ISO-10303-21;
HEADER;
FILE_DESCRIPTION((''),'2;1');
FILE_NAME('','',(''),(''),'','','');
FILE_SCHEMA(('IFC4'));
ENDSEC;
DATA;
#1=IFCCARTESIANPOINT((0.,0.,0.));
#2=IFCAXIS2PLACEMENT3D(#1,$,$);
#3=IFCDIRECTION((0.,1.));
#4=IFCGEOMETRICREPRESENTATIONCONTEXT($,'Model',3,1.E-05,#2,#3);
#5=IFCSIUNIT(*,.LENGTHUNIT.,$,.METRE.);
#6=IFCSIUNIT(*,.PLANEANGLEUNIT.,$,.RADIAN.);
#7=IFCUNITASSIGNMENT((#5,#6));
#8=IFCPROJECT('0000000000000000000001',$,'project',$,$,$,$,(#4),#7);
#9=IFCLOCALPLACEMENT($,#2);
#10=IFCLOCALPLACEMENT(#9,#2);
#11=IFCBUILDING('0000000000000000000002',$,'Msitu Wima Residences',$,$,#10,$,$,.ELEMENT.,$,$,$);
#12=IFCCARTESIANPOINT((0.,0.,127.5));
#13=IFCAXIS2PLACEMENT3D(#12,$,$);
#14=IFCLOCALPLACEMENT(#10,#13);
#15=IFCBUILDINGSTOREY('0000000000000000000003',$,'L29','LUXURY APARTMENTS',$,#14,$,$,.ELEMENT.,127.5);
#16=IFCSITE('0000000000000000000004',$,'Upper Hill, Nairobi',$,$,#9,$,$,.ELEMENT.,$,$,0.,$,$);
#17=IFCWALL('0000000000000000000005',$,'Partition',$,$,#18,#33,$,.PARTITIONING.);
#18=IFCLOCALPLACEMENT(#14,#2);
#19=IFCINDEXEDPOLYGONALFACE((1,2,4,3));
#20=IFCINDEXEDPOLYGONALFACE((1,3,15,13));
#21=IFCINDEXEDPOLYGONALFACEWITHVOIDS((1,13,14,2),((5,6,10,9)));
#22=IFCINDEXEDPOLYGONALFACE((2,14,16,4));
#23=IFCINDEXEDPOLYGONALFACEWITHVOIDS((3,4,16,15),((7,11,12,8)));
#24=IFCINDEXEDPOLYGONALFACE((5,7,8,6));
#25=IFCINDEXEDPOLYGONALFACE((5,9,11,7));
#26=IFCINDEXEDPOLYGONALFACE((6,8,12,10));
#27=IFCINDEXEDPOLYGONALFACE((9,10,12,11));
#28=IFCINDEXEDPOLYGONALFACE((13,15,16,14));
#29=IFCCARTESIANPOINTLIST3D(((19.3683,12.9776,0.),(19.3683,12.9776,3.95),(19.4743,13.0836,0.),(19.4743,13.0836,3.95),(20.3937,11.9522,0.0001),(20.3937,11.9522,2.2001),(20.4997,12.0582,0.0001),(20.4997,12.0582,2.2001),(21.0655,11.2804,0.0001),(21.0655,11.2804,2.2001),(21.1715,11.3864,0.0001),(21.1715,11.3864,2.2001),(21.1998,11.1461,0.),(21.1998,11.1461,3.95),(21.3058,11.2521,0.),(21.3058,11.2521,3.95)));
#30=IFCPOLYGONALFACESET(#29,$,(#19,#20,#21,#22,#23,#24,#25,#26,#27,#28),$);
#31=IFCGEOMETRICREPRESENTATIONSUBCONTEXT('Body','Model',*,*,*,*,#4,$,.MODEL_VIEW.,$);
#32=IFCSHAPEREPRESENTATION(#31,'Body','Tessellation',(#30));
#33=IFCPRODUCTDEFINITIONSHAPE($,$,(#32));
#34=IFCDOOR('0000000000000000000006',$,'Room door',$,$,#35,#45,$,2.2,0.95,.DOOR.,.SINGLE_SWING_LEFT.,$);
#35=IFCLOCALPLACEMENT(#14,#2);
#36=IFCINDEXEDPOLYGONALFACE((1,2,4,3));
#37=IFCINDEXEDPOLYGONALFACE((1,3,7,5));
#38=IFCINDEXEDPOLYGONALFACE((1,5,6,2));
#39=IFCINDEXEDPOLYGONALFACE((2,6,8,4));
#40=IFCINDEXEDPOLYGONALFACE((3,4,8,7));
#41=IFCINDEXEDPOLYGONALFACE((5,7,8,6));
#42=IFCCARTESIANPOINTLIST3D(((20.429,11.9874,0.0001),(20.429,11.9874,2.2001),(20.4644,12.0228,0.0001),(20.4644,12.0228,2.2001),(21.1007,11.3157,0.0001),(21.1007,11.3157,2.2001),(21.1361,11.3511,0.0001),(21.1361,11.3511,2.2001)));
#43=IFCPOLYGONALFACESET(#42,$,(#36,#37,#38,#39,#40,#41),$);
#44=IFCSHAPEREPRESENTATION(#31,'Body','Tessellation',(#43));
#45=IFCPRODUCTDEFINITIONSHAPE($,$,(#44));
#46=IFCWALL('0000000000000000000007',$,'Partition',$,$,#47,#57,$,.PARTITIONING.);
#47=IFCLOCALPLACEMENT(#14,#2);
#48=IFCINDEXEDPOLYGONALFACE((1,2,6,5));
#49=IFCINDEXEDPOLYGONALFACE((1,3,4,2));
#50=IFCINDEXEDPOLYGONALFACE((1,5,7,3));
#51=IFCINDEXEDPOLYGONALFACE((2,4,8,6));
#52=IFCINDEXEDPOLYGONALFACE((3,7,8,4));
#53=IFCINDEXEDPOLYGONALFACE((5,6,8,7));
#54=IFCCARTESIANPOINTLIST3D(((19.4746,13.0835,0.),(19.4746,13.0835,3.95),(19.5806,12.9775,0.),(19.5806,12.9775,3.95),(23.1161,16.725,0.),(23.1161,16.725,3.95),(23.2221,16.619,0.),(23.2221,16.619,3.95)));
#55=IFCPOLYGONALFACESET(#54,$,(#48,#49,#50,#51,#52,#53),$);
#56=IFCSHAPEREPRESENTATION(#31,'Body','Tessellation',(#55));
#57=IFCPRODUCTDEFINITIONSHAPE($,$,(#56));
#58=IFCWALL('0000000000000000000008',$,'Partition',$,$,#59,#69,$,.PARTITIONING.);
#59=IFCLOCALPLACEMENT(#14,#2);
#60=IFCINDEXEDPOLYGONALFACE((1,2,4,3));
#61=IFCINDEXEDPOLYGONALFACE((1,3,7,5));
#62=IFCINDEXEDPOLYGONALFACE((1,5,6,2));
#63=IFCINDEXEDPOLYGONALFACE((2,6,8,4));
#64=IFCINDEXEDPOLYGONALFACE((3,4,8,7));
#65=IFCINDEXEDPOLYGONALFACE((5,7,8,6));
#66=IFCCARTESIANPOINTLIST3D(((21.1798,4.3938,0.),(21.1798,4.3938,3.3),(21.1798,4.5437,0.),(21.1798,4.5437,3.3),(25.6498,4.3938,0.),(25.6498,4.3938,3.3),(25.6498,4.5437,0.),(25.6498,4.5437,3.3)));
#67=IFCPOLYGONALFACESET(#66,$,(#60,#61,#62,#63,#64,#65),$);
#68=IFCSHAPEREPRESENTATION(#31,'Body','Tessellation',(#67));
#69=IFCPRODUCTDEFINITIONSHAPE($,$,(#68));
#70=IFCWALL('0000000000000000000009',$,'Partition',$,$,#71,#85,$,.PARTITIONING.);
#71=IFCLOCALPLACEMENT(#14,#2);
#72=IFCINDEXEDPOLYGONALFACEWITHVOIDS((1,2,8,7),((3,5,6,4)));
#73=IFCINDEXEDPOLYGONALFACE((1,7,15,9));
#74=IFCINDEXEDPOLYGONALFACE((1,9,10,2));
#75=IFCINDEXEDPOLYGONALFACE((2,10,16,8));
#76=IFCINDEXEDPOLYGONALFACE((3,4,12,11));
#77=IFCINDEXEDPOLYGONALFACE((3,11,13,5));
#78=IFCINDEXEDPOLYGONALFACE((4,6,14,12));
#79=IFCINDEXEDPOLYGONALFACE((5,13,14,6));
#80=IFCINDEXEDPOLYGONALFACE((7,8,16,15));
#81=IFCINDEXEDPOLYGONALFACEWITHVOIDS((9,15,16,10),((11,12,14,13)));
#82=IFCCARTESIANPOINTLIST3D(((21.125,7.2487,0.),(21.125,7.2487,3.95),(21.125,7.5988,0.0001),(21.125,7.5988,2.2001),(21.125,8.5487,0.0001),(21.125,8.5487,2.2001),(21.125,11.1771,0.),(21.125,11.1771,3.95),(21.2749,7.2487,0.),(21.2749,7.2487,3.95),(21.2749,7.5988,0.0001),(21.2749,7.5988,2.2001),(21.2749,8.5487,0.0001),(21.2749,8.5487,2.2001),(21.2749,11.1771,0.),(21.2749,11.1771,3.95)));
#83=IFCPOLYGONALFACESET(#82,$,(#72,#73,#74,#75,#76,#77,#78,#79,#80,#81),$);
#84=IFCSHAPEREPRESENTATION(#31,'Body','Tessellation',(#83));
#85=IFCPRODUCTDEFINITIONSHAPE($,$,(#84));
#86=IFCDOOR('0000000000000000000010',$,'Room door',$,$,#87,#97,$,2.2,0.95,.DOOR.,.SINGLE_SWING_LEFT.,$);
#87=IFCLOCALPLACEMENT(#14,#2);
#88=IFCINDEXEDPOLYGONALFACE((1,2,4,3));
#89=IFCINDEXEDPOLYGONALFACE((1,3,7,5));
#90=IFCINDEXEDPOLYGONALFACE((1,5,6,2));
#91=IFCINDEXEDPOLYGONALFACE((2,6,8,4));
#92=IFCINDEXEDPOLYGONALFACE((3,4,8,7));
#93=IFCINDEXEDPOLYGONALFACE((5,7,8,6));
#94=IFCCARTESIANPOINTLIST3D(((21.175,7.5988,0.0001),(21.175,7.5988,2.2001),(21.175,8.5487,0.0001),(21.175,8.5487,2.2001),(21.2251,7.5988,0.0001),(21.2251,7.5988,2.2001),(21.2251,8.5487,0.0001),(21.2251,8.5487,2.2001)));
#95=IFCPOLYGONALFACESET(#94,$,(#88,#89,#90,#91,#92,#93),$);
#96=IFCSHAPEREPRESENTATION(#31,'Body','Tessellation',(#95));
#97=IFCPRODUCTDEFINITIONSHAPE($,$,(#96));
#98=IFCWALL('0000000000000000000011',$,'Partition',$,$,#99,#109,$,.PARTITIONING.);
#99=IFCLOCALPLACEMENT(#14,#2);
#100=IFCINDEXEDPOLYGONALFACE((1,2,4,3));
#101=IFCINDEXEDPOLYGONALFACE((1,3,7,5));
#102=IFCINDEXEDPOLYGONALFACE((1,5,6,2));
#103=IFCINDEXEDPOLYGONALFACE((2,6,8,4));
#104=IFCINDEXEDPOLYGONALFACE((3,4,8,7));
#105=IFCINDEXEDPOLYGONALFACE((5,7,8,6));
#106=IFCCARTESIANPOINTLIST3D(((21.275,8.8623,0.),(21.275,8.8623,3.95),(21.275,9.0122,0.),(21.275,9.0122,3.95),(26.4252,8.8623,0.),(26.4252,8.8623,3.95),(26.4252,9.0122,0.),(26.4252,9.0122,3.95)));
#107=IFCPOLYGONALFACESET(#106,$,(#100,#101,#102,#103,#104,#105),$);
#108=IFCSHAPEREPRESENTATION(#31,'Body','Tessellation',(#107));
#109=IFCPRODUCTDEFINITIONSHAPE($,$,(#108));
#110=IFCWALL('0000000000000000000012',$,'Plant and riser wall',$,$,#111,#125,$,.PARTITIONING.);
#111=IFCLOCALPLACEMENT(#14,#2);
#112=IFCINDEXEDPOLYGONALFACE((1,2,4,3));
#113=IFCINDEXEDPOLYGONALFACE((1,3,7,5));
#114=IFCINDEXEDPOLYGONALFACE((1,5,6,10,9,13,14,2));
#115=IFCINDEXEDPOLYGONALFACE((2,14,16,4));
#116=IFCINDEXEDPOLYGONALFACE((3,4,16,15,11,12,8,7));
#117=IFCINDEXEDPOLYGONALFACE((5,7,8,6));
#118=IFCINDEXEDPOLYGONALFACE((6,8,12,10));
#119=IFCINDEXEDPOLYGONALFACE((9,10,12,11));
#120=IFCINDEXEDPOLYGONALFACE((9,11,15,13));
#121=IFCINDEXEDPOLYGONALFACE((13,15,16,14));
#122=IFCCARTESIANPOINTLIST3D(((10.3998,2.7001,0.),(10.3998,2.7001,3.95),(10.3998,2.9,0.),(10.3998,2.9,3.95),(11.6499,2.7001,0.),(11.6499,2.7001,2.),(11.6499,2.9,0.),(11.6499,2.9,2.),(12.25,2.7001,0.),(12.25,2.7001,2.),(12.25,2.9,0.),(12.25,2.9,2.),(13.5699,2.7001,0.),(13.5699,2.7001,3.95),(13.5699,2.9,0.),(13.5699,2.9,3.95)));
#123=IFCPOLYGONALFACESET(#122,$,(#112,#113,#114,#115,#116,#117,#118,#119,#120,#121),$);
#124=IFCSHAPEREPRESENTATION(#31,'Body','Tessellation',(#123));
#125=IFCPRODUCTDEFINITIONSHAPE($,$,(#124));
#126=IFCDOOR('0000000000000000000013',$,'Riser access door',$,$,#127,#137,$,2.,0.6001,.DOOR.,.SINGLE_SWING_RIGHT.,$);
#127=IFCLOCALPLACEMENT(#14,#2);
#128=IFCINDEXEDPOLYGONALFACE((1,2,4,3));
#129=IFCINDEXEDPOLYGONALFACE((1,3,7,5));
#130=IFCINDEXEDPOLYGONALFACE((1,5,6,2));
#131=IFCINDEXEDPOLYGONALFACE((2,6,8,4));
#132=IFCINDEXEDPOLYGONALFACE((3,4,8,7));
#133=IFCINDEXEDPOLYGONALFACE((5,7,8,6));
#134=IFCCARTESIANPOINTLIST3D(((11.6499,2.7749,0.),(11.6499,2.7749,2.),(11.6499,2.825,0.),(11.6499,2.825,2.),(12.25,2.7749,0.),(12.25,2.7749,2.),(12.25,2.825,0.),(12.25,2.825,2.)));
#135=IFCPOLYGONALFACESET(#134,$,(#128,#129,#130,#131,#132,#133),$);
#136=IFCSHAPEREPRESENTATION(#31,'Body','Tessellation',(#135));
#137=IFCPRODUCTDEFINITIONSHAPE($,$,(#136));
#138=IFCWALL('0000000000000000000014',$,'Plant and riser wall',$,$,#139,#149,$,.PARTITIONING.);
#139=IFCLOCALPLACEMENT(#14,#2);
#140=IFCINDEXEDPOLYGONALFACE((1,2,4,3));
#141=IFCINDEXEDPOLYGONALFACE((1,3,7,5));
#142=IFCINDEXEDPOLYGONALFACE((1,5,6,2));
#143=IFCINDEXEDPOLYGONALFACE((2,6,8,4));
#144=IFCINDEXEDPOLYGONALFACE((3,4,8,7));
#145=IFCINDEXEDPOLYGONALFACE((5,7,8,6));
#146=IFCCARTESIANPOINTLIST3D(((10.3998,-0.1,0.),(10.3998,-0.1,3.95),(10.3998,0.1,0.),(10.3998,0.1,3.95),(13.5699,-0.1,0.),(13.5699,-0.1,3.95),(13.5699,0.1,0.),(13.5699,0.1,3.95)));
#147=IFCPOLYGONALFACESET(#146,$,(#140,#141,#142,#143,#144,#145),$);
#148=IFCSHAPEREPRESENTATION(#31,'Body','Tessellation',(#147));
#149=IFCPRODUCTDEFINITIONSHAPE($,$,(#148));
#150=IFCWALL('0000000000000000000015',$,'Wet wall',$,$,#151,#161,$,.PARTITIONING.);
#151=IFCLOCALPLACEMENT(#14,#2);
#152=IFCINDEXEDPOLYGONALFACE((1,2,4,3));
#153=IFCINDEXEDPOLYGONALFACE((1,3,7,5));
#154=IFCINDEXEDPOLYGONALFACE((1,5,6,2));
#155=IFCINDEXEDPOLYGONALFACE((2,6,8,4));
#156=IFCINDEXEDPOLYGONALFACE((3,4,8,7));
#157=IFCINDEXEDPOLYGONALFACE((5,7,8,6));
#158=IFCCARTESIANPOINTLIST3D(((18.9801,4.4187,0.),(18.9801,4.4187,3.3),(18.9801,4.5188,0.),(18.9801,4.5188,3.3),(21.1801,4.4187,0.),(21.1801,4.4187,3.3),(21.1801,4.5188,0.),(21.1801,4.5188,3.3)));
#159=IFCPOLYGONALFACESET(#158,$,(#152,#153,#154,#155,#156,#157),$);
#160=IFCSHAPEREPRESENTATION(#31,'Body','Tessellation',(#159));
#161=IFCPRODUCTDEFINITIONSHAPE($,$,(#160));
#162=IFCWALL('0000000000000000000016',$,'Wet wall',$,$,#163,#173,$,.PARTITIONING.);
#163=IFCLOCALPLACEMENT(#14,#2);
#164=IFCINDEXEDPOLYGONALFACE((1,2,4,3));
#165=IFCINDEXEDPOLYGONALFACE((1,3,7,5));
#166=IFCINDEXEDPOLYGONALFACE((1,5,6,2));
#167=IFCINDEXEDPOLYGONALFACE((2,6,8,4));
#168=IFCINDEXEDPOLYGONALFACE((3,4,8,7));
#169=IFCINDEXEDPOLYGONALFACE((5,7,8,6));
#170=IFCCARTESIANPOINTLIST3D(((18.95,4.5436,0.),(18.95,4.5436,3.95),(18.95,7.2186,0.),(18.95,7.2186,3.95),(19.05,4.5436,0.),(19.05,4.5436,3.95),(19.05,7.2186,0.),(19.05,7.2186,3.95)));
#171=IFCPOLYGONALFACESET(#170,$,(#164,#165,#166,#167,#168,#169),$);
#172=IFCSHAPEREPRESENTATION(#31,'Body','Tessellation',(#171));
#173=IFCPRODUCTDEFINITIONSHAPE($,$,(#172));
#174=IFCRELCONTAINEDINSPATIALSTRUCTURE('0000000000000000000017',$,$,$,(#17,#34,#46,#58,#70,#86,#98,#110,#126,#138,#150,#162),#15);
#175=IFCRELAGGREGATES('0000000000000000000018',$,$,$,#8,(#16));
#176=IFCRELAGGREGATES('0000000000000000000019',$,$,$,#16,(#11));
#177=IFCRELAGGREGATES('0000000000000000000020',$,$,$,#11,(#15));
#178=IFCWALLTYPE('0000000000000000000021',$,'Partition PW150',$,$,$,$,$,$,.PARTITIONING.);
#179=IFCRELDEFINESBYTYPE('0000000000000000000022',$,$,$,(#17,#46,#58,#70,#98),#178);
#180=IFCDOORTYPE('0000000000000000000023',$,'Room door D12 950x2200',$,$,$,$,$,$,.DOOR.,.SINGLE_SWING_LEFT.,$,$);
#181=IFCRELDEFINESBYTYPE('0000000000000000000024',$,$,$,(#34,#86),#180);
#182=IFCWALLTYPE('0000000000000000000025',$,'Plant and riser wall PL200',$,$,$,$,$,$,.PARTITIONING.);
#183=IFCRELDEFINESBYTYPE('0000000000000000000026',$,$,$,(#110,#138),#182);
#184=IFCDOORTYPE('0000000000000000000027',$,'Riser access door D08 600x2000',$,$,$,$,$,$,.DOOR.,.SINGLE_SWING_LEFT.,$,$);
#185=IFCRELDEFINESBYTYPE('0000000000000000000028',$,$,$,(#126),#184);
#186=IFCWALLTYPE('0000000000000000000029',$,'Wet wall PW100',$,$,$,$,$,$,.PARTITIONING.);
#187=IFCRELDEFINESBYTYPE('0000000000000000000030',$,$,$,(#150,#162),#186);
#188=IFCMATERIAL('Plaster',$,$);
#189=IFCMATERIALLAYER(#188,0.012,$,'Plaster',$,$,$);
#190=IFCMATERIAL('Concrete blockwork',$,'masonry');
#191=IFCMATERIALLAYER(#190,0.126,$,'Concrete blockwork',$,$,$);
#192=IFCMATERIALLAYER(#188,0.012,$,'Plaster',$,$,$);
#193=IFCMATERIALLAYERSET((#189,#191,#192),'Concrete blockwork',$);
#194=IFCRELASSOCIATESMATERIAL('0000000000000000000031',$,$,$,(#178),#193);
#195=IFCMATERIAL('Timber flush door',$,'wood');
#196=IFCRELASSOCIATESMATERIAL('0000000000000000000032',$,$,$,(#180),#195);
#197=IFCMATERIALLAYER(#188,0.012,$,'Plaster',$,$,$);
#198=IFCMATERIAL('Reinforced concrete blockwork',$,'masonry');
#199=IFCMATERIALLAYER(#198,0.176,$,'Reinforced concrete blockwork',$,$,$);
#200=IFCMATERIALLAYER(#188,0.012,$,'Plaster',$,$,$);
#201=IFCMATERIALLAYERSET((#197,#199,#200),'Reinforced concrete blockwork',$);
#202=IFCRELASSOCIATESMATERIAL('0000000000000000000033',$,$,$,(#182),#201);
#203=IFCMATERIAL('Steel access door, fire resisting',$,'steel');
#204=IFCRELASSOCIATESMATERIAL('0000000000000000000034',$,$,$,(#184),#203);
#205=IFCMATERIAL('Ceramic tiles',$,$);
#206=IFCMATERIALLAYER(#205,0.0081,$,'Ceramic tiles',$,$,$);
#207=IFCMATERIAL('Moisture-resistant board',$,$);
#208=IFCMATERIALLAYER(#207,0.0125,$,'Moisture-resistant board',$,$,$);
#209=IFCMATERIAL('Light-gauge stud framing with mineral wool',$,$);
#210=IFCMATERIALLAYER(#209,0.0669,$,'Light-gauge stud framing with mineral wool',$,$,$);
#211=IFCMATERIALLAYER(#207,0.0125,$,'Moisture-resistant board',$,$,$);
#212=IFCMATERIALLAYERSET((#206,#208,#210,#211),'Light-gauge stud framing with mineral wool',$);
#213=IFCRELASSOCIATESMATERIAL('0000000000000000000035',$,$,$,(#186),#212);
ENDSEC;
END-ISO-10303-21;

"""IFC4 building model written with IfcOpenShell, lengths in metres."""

from ifc_helpers import new_model, si_unit, direction, frame, frame_2d, origin, place, context, subcontext, project, spatial, rectangle, extrude, material, layer, layer_set, type_object, element, fill, save


model = new_model("IFC4")

# Units and contexts
model_context = context("Model", 3, precision=1e-05, world=origin(), true_north=direction((0.0, 1.0)))
body_context = subcontext(model_context, "Body", "Model", "MODEL_VIEW")
ifc_project = project(units=[si_unit("LENGTHUNIT", "METRE"), si_unit("PLANEANGLEUNIT", "RADIAN")], contexts=[model_context])

# Site, building, storey
site_placement = place(None, origin())
site = spatial("IfcSite", under=ifc_project, at=site_placement, Name="Upper Hill, Nairobi", CompositionType="ELEMENT", RefElevation=0.0)
building_placement = place(site_placement, origin())
building = spatial("IfcBuilding", under=site, at=building_placement, Name="Msitu Wima Residences", CompositionType="ELEMENT")
storey_placement = place(building_placement, frame((0.0, 0.0, 127.5)))
storey = spatial("IfcBuildingStorey", under=building, at=storey_placement, Name="L29", Description="LUXURY APARTMENTS", CompositionType="ELEMENT", Elevation=127.5)

# Wall, opening, door
ifc_material_1 = material(Name="Plaster")
ifc_layer_1 = layer(ifc_material_1, 0.012, Name="Plaster")
ifc_material_2 = material(Name="Concrete blockwork", Category="masonry")
ifc_layer_2 = layer(ifc_material_2, 0.126, Name="Concrete blockwork")
ifc_layer_3 = layer(ifc_material_1, 0.012, Name="Plaster")
ifc_layer_set_1 = layer_set([ifc_layer_1, ifc_layer_2, ifc_layer_3], Name="Concrete blockwork")
wall_type_1 = type_object("IfcWallType", Name="Partition PW150", PredefinedType="PARTITIONING", material=ifc_layer_set_1)
ifc_material_3 = material(Name="Timber flush door", Category="wood")
door_type_1 = type_object("IfcDoorType", Name="Room door D12 950x2200", OperationType="SINGLE_SWING_LEFT", PredefinedType="DOOR", material=ifc_material_3)
wall_1_placement = place(storey_placement, frame((19.4214, 13.0305, 0.0), z_axis=(0.0, 0.0, 1.0), x_axis=(0.707107, -0.707107, 0.0)))
wall_1 = element("IfcWall", 1, at=wall_1_placement, inside=storey, type_object=wall_type_1, Name="Partition", PredefinedType="PARTITIONING", context=body_context, shape_type="SweptSolid", body=[
    extrude(rectangle(XDim=2.5901, YDim=0.1499, at=frame_2d((1.2949, 0.0))), origin(), (0.0, 0.0, 1.0), 3.95),
])
opening_1_placement = place(wall_1_placement, frame((1.45, 0.0, 0.0)))
opening_1 = element("IfcOpeningElement", 2, at=opening_1_placement, cuts=wall_1, PredefinedType="OPENING", context=body_context, shape_type="SweptSolid", body=[
    extrude(rectangle(XDim=0.95, YDim=2.2, at=frame_2d((0.4751, 1.1001))), frame((0.0, 0.085, 0.0), z_axis=(0.0, -1.0, 0.0), x_axis=(1.0, 0.0, 0.0)), (0.0, 0.0, 1.0), 0.1699),
])
door_1_placement = place(opening_1_placement, origin())
door_1 = element("IfcDoor", 3, at=door_1_placement, inside=storey, type_object=door_type_1, Name="Room door", OperationType="SINGLE_SWING_LEFT", OverallHeight=2.2, OverallWidth=0.95, PredefinedType="DOOR", context=body_context, shape_type="SweptSolid", body=[
    extrude(rectangle(XDim=0.95, YDim=2.2, at=frame_2d((0.4751, 1.1001))), frame((0.0, 0.0249, 0.0), z_axis=(0.0, -1.0, 0.0), x_axis=(1.0, 0.0, 0.0)), (0.0, 0.0, 1.0), 0.05),
])
fill(opening_1, door_1)

# Walls
wall_2_placement = place(storey_placement, frame((19.5276, 13.0305, 0.0), z_axis=(0.0, 0.0, 1.0), x_axis=(0.707107, 0.707107, 0.0)))
element("IfcWall", 4, at=wall_2_placement, inside=storey, type_object=wall_type_1, Name="Partition", PredefinedType="PARTITIONING", context=body_context, shape_type="SweptSolid", body=[
    extrude(rectangle(XDim=5.1499, YDim=0.1499, at=frame_2d((2.575, 0.0))), origin(), (0.0, 0.0, 1.0), 3.95),
])
wall_3_placement = place(storey_placement, frame((21.1799, 4.4688, 0.0), z_axis=(0.0, 0.0, 1.0), x_axis=(1.0, 0.0, 0.0)))
element("IfcWall", 5, at=wall_3_placement, inside=storey, type_object=wall_type_1, Name="Partition", PredefinedType="PARTITIONING", context=body_context, shape_type="SweptSolid", body=[
    extrude(rectangle(XDim=4.47, YDim=0.1499, at=frame_2d((2.2349, 0.0))), origin(), (0.0, 0.0, 1.0), 3.3),
])

# Wall, opening, door
wall_4_placement = place(storey_placement, frame((21.2, 7.2485, 0.0), z_axis=(0.0, 0.0, 1.0), x_axis=(0.0, 1.0, 0.0)))
wall_4 = element("IfcWall", 6, at=wall_4_placement, inside=storey, type_object=wall_type_1, Name="Partition", PredefinedType="PARTITIONING", context=body_context, shape_type="SweptSolid", body=[
    extrude(rectangle(XDim=3.9285, YDim=0.1499, at=frame_2d((1.9644, 0.0))), origin(), (0.0, 0.0, 1.0), 3.95),
])
opening_2_placement = place(wall_4_placement, frame((0.3501, 0.0, 0.0)))
opening_2 = element("IfcOpeningElement", 7, at=opening_2_placement, cuts=wall_4, PredefinedType="OPENING", context=body_context, shape_type="SweptSolid", body=[
    extrude(rectangle(XDim=0.95, YDim=2.2, at=frame_2d((0.4751, 1.1001))), frame((0.0, 0.085, 0.0), z_axis=(0.0, -1.0, 0.0), x_axis=(1.0, 0.0, 0.0)), (0.0, 0.0, 1.0), 0.1699),
])
door_2_placement = place(opening_2_placement, origin())
door_2 = element("IfcDoor", 8, at=door_2_placement, inside=storey, type_object=door_type_1, Name="Room door", OperationType="SINGLE_SWING_LEFT", OverallHeight=2.2, OverallWidth=0.95, PredefinedType="DOOR", context=body_context, shape_type="SweptSolid", body=[
    extrude(rectangle(XDim=0.95, YDim=2.2, at=frame_2d((0.4751, 1.1001))), frame((0.0, 0.0249, 0.0), z_axis=(0.0, -1.0, 0.0), x_axis=(1.0, 0.0, 0.0)), (0.0, 0.0, 1.0), 0.05),
])
fill(opening_2, door_2)

# Wall
wall_5_placement = place(storey_placement, frame((21.2749, 8.9373, 0.0), z_axis=(0.0, 0.0, 1.0), x_axis=(1.0, 0.0, 0.0)))
element("IfcWall", 9, at=wall_5_placement, inside=storey, type_object=wall_type_1, Name="Partition", PredefinedType="PARTITIONING", context=body_context, shape_type="SweptSolid", body=[
    extrude(rectangle(XDim=5.1501, YDim=0.1499, at=frame_2d((2.5752, 0.0))), origin(), (0.0, 0.0, 1.0), 3.95),
])

# Wall, opening, door
ifc_layer_4 = layer(ifc_material_1, 0.012, Name="Plaster")
ifc_material_4 = material(Name="Reinforced concrete blockwork", Category="masonry")
ifc_layer_5 = layer(ifc_material_4, 0.176, Name="Reinforced concrete blockwork")
ifc_layer_6 = layer(ifc_material_1, 0.012, Name="Plaster")
ifc_layer_set_2 = layer_set([ifc_layer_4, ifc_layer_5, ifc_layer_6], Name="Reinforced concrete blockwork")
wall_type_2 = type_object("IfcWallType", Name="Plant and riser wall PL200", PredefinedType="PARTITIONING", material=ifc_layer_set_2)
wall_6_placement = place(storey_placement, frame((10.3999, 2.8, 0.0), z_axis=(0.0, 0.0, 1.0), x_axis=(1.0, 0.0, 0.0)))
wall_6 = element("IfcWall", 10, at=wall_6_placement, inside=storey, type_object=wall_type_2, Name="Plant and riser wall", PredefinedType="PARTITIONING", context=body_context, shape_type="SweptSolid", body=[
    extrude(rectangle(XDim=3.1702, YDim=0.2, at=frame_2d((1.585, 0.0))), origin(), (0.0, 0.0, 1.0), 3.95),
])
opening_3_placement = place(wall_6_placement, frame((1.25, 0.0, 0.0)))
opening_3 = element("IfcOpeningElement", 11, at=opening_3_placement, cuts=wall_6, PredefinedType="OPENING", context=body_context, shape_type="SweptSolid", body=[
    extrude(rectangle(XDim=0.6001, YDim=2.0, at=frame_2d((0.3, 1.0))), frame((0.0, 0.1099, 0.0), z_axis=(0.0, -1.0, 0.0), x_axis=(1.0, 0.0, 0.0)), (0.0, 0.0, 1.0), 0.22),
])
ifc_material_5 = material(Name="Steel access door, fire resisting", Category="steel")
door_type_2 = type_object("IfcDoorType", Name="Riser access door D08 600x2000", OperationType="SINGLE_SWING_LEFT", PredefinedType="DOOR", material=ifc_material_5)
door_3_placement = place(opening_3_placement, origin())
door_3 = element("IfcDoor", 12, at=door_3_placement, inside=storey, type_object=door_type_2, Name="Riser access door", OperationType="SINGLE_SWING_RIGHT", OverallHeight=2.0, OverallWidth=0.6001, PredefinedType="DOOR", context=body_context, shape_type="SweptSolid", body=[
    extrude(rectangle(XDim=0.6001, YDim=2.0, at=frame_2d((0.3, 1.0))), frame((0.0, 0.0249, 0.0), z_axis=(0.0, -1.0, 0.0), x_axis=(1.0, 0.0, 0.0)), (0.0, 0.0, 1.0), 0.05),
])
fill(opening_3, door_3)

# Walls
wall_7_placement = place(storey_placement, frame((10.3999, 0.0, 0.0), z_axis=(0.0, 0.0, 1.0), x_axis=(1.0, 0.0, 0.0)))
element("IfcWall", 13, at=wall_7_placement, inside=storey, type_object=wall_type_2, Name="Plant and riser wall", PredefinedType="PARTITIONING", context=body_context, shape_type="SweptSolid", body=[
    extrude(rectangle(XDim=3.1702, YDim=0.2, at=frame_2d((1.585, 0.0))), origin(), (0.0, 0.0, 1.0), 3.95),
])
ifc_material_6 = material(Name="Ceramic tiles")
ifc_layer_7 = layer(ifc_material_6, 0.0081, Name="Ceramic tiles")
ifc_material_7 = material(Name="Moisture-resistant board")
ifc_layer_8 = layer(ifc_material_7, 0.0125, Name="Moisture-resistant board")
ifc_material_8 = material(Name="Light-gauge stud framing with mineral wool")
ifc_layer_9 = layer(ifc_material_8, 0.0669, Name="Light-gauge stud framing with mineral wool")
ifc_layer_10 = layer(ifc_material_7, 0.0125, Name="Moisture-resistant board")
ifc_layer_set_3 = layer_set([ifc_layer_7, ifc_layer_8, ifc_layer_9, ifc_layer_10], Name="Light-gauge stud framing with mineral wool")
wall_type_3 = type_object("IfcWallType", Name="Wet wall PW100", PredefinedType="PARTITIONING", material=ifc_layer_set_3)
wall_8_placement = place(storey_placement, frame((18.98, 4.4688, 0.0), z_axis=(0.0, 0.0, 1.0), x_axis=(1.0, 0.0, 0.0)))
element("IfcWall", 14, at=wall_8_placement, inside=storey, type_object=wall_type_3, Name="Wet wall", PredefinedType="PARTITIONING", context=body_context, shape_type="SweptSolid", body=[
    extrude(rectangle(XDim=2.2, YDim=0.1001, at=frame_2d((1.1001, 0.0))), origin(), (0.0, 0.0, 1.0), 3.3),
])
wall_9_placement = place(storey_placement, frame((19.0, 4.5437, 0.0), z_axis=(0.0, 0.0, 1.0), x_axis=(0.0, 1.0, 0.0)))
element("IfcWall", 15, at=wall_9_placement, inside=storey, type_object=wall_type_3, Name="Wet wall", PredefinedType="PARTITIONING", context=body_context, shape_type="SweptSolid", body=[
    extrude(rectangle(XDim=2.675, YDim=0.1001, at=frame_2d((1.3374, 0.0))), origin(), (0.0, 0.0, 1.0), 3.95),
])

save(model, "model.ifc")
